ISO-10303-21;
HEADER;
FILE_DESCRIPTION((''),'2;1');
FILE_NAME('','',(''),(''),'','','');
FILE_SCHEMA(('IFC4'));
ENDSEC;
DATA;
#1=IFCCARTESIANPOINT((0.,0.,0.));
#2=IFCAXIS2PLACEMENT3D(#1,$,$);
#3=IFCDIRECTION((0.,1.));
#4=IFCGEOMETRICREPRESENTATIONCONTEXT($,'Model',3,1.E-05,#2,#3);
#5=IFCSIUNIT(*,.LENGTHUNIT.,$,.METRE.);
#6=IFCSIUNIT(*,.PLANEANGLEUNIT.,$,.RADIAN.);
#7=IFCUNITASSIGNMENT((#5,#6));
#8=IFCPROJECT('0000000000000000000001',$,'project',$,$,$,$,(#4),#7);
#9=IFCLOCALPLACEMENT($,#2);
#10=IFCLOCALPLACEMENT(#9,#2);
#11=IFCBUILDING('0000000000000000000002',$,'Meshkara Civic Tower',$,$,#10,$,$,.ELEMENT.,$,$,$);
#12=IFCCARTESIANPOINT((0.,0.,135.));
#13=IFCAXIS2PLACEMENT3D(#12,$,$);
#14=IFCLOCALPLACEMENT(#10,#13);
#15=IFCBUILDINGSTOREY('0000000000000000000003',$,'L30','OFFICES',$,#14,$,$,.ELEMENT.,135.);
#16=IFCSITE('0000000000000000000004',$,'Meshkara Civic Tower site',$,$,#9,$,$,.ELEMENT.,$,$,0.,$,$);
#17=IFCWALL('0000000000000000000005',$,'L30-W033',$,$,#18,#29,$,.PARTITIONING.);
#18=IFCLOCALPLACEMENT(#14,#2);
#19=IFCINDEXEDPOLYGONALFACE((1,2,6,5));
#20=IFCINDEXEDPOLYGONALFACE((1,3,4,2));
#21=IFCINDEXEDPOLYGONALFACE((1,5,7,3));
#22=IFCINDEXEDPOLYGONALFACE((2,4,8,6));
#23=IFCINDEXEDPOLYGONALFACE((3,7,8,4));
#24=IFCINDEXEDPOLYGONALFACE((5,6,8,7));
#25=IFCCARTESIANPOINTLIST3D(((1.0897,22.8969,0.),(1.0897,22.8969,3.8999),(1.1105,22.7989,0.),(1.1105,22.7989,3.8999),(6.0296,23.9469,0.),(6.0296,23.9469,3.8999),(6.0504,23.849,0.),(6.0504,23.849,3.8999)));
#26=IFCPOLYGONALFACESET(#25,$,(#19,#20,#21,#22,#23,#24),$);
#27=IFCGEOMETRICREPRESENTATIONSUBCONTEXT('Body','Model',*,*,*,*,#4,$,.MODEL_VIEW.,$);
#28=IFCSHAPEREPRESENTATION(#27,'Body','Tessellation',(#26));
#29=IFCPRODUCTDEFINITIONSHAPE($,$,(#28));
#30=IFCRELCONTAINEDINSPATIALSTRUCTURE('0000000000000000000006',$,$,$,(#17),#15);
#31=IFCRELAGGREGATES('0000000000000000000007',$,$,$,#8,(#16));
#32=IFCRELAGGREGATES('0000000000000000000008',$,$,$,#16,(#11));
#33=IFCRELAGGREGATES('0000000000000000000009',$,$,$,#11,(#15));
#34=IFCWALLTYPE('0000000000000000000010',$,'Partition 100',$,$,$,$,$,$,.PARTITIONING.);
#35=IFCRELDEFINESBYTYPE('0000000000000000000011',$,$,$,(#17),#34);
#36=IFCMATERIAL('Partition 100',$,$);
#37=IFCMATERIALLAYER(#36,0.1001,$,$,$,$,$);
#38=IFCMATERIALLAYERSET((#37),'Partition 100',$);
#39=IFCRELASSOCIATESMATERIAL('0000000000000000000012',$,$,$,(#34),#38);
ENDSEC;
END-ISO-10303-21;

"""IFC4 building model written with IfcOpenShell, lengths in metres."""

from ifc_helpers import new_model, si_unit, direction, frame, frame_2d, origin, place, context, subcontext, project, spatial, rectangle, extrude, material, layer, layer_set, type_object, element, save


model = new_model("IFC4")

# Units and contexts
model_context = context("Model", 3, precision=1e-05, world=origin(), true_north=direction((0.0, 1.0)))
body_context = subcontext(model_context, "Body", "Model", "MODEL_VIEW")
ifc_project = project(units=[si_unit("LENGTHUNIT", "METRE"), si_unit("PLANEANGLEUNIT", "RADIAN")], contexts=[model_context])

# Site, building, storey
site_placement = place(None, origin())
site = spatial("IfcSite", under=ifc_project, at=site_placement, Name="Meshkara Civic Tower site", CompositionType="ELEMENT", RefElevation=0.0)
building_placement = place(site_placement, origin())
building = spatial("IfcBuilding", under=site, at=building_placement, Name="Meshkara Civic Tower", CompositionType="ELEMENT")
storey_placement = place(building_placement, frame((0.0, 0.0, 135.0)))
storey = spatial("IfcBuildingStorey", under=building, at=storey_placement, Name="L30", Description="OFFICES", CompositionType="ELEMENT", Elevation=135.0)

# Wall
ifc_material_1 = material(Name="Partition 100")
ifc_layer_1 = layer(ifc_material_1, 0.1001)
ifc_layer_set_1 = layer_set([ifc_layer_1], Name="Partition 100")
wall_type_1 = type_object("IfcWallType", Name="Partition 100", PredefinedType="PARTITIONING", material=ifc_layer_set_1)
wall_1_placement = place(storey_placement, frame((6.04, 23.8979, 0.0), z_axis=(0.0, 0.0, 1.0), x_axis=(-0.978146, -0.207918, 0.0)))
element("IfcWall", 1, at=wall_1_placement, inside=storey, type_object=wall_type_1, Name="L30-W033", PredefinedType="PARTITIONING", context=body_context, shape_type="SweptSolid", body=[
    extrude(rectangle(XDim=5.0503, YDim=0.1001, at=frame_2d((2.5251, 0.0))), origin(), (0.0, 0.0, 1.0), 3.8999),
])

save(model, "model.ifc")
